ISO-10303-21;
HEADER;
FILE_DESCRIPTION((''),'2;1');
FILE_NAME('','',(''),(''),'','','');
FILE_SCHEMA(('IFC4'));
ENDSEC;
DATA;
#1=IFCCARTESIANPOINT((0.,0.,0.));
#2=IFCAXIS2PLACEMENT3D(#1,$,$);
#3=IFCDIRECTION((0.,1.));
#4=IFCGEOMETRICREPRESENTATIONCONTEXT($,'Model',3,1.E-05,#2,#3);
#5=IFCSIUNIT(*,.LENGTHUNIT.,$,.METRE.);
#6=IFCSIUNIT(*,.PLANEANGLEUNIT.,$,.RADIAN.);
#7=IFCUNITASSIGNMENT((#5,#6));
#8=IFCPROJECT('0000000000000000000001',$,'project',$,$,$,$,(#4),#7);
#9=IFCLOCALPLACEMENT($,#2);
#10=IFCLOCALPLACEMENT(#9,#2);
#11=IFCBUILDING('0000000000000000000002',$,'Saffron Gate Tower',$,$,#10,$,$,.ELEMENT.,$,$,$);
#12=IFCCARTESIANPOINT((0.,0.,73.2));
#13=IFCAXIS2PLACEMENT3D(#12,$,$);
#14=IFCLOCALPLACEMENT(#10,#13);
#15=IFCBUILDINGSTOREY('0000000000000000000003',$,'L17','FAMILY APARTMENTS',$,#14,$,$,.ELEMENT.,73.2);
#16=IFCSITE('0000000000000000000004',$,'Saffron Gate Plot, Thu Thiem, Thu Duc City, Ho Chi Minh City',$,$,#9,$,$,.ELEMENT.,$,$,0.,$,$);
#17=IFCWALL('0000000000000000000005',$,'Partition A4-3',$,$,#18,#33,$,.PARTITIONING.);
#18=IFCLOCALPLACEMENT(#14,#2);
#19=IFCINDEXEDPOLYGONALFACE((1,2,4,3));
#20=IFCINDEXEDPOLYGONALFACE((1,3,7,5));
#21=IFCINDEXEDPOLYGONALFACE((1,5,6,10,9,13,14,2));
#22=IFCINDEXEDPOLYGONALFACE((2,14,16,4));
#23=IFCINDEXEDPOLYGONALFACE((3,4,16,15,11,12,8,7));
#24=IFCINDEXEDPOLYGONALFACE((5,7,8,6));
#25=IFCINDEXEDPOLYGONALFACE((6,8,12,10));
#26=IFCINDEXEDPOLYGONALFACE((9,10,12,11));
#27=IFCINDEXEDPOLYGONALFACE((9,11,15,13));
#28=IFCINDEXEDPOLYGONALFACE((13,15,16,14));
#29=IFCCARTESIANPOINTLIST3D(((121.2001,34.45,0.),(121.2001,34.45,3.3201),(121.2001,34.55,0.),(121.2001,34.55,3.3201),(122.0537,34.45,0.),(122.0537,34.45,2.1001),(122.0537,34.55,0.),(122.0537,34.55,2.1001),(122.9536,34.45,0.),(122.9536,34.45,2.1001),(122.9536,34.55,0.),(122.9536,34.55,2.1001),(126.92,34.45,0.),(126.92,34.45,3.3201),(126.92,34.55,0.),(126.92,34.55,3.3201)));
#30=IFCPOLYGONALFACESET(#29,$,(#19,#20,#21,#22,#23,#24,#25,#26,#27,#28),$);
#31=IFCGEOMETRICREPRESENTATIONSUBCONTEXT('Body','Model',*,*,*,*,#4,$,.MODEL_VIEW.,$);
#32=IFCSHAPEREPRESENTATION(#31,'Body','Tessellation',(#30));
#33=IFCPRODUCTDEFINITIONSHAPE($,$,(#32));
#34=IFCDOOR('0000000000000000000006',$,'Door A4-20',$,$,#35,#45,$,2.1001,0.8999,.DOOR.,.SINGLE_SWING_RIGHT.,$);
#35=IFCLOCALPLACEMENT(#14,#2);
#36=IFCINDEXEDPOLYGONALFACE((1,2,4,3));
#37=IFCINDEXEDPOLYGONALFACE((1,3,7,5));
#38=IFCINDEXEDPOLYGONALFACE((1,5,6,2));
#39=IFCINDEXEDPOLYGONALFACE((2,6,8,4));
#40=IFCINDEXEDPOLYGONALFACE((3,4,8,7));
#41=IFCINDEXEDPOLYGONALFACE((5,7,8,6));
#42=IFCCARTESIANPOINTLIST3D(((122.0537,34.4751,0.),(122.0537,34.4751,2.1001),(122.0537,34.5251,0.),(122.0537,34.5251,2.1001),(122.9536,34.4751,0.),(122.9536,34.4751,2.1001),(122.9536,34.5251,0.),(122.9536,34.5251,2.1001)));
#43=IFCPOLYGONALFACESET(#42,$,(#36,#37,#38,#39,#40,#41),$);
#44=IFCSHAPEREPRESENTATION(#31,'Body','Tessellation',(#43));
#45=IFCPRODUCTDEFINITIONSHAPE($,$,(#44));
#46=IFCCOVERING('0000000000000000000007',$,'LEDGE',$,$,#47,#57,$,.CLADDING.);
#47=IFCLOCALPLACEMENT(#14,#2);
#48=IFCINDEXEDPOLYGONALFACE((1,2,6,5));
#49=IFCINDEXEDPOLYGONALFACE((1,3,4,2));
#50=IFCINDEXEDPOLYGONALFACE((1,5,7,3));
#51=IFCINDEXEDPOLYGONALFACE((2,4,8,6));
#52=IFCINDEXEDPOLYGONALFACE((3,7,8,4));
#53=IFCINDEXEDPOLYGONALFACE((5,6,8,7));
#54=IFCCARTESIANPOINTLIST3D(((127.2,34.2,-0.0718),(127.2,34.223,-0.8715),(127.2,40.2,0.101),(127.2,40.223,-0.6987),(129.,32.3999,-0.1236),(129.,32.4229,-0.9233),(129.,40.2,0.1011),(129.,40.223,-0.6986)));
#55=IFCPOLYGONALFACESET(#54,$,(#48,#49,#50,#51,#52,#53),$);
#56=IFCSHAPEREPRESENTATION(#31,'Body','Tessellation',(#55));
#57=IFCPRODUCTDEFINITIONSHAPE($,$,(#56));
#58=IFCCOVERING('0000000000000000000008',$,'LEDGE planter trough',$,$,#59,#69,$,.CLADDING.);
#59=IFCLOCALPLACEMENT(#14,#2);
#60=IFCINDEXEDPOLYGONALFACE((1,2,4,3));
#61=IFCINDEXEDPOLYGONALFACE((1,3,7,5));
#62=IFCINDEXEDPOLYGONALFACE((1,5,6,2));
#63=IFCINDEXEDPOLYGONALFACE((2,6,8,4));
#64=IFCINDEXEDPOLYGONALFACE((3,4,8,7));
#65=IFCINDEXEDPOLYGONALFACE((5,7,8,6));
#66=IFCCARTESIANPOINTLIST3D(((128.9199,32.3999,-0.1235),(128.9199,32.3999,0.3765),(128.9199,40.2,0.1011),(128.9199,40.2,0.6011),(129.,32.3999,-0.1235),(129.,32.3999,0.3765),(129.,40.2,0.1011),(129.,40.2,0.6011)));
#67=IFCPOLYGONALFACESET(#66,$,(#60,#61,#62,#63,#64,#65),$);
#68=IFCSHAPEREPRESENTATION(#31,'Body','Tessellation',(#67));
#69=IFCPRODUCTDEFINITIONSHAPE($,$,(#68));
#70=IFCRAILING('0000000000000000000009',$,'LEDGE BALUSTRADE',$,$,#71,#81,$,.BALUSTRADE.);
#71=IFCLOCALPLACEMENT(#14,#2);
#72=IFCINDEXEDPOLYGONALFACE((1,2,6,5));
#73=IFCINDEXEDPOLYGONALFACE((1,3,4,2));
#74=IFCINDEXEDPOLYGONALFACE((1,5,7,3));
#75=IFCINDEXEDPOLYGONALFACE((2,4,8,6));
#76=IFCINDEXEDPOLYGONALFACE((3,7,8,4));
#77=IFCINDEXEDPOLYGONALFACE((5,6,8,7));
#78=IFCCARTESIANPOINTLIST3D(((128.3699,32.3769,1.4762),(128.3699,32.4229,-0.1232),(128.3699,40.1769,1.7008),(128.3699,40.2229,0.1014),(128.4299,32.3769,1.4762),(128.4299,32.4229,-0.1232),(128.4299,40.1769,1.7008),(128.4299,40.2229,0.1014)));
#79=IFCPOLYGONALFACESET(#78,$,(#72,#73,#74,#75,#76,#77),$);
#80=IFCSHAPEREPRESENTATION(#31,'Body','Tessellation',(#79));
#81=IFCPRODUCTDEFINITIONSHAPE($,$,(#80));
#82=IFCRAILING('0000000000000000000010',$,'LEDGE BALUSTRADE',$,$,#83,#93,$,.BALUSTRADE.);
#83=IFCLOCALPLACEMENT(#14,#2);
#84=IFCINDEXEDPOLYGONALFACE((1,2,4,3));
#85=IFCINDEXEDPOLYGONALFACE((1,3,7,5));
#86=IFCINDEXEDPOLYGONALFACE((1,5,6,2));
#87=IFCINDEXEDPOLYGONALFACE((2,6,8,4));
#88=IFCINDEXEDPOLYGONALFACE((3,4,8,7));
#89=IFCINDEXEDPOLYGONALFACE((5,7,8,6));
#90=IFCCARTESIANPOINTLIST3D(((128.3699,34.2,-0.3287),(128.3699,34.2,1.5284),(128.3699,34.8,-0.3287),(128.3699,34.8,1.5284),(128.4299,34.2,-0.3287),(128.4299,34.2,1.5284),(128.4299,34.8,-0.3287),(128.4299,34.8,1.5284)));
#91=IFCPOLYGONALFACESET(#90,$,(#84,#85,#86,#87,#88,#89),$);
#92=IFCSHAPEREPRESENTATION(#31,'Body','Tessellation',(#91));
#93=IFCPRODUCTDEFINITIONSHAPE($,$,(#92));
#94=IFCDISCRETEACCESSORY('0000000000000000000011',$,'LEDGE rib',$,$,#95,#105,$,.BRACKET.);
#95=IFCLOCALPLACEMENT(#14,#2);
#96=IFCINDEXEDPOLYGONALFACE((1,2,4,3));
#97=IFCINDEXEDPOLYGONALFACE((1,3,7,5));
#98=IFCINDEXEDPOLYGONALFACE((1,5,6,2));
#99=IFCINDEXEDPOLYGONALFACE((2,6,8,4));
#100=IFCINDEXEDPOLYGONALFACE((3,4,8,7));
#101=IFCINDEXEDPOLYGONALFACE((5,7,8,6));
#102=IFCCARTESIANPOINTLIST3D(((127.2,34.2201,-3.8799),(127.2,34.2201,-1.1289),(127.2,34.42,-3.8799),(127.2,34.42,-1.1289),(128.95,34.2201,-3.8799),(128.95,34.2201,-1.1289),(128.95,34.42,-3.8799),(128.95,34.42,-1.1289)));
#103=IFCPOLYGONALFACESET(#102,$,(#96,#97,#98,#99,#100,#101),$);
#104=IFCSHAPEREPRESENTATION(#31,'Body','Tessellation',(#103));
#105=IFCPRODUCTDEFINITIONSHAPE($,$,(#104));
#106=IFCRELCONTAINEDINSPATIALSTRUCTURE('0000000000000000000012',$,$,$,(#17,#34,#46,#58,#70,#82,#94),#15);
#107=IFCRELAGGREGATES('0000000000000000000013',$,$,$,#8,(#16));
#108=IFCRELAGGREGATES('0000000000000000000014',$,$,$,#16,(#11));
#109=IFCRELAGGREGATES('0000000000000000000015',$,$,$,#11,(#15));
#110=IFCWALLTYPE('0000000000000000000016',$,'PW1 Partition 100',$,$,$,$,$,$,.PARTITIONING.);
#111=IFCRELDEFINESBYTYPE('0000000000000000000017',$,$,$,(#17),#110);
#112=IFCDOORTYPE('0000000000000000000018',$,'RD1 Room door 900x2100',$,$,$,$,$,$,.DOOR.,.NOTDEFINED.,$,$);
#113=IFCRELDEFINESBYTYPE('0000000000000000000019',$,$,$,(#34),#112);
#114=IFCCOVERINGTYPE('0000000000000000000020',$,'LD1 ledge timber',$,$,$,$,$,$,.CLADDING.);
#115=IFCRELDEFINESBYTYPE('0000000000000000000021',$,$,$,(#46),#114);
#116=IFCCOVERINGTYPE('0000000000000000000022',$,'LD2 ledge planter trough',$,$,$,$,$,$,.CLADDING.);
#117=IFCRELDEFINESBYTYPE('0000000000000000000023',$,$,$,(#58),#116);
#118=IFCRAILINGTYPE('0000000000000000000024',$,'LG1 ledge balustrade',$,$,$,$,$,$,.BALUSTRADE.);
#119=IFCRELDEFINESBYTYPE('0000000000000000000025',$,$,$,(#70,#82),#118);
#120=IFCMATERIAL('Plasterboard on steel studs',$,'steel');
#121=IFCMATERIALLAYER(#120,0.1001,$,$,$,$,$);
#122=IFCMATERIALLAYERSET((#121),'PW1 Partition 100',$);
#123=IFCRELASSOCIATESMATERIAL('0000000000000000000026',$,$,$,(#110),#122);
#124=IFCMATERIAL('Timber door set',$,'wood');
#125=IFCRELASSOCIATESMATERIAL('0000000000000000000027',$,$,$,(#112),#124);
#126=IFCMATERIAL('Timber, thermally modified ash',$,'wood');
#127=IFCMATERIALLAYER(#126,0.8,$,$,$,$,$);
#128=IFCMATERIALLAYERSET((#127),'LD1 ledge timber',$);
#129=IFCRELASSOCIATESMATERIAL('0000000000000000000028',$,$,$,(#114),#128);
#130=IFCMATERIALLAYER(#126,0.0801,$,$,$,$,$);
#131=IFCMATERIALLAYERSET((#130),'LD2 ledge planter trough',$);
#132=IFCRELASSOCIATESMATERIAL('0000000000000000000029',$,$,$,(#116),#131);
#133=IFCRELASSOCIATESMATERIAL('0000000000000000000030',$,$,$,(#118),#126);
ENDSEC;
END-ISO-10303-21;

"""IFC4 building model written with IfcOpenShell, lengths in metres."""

from ifc_helpers import new_model, si_unit, direction, frame, frame_2d, origin, origin_2d, place, context, subcontext, project, spatial, polyline, rectangle, outline, extrude, material, layer, layer_set, type_object, element, fill, save


model = new_model("IFC4")

# Units and contexts
model_context = context("Model", 3, precision=1e-05, world=origin(), true_north=direction((0.0, 1.0)))
body_context = subcontext(model_context, "Body", "Model", "MODEL_VIEW")
ifc_project = project(units=[si_unit("LENGTHUNIT", "METRE"), si_unit("PLANEANGLEUNIT", "RADIAN")], contexts=[model_context])

# Site, building, storey
site_placement = place(None, origin())
site = spatial("IfcSite", under=ifc_project, at=site_placement, Name="Saffron Gate Plot, Thu Thiem, Thu Duc City, Ho Chi Minh City", CompositionType="ELEMENT", RefElevation=0.0)
building_placement = place(site_placement, origin())
building = spatial("IfcBuilding", under=site, at=building_placement, Name="Saffron Gate Tower", CompositionType="ELEMENT")
storey_placement = place(building_placement, frame((0.0, 0.0, 73.2)))
storey = spatial("IfcBuildingStorey", under=building, at=storey_placement, Name="L17", Description="FAMILY APARTMENTS", CompositionType="ELEMENT", Elevation=73.2)

# Wall, opening, door
ifc_material_1 = material(Name="Plasterboard on steel studs", Category="steel")
ifc_layer_1 = layer(ifc_material_1, 0.1001)
ifc_layer_set_1 = layer_set([ifc_layer_1], Name="PW1 Partition 100")
wall_type = type_object("IfcWallType", Name="PW1 Partition 100", PredefinedType="PARTITIONING", material=ifc_layer_set_1)
wall_placement = place(storey_placement, frame((126.9199, 34.5, 0.0), z_axis=(0.0, 0.0, 1.0), x_axis=(-1.0, 0.0, 0.0)))
wall = element("IfcWall", 1, at=wall_placement, inside=storey, type_object=wall_type, Name="Partition A4-3", PredefinedType="PARTITIONING", context=body_context, shape_type="SweptSolid", body=[
    extrude(rectangle(XDim=5.72, YDim=0.1001, at=frame_2d((2.8599, 0.0))), origin(), (0.0, 0.0, 1.0), 3.3201),
])
opening_1_placement = place(wall_placement, frame((3.9663, 0.0, 0.0)))
opening_1 = element("IfcOpeningElement", 2, at=opening_1_placement, cuts=wall, PredefinedType="OPENING", context=body_context, shape_type="SweptSolid", body=[
    extrude(rectangle(XDim=0.8999, YDim=2.1001, at=frame_2d((0.45, 1.05))), frame((0.0, 0.0601, 0.0), z_axis=(0.0, -1.0, 0.0), x_axis=(1.0, 0.0, 0.0)), (0.0, 0.0, 1.0), 0.1201),
])
ifc_material_2 = material(Name="Timber door set", Category="wood")
door_type = type_object("IfcDoorType", Name="RD1 Room door 900x2100", OperationType="NOTDEFINED", PredefinedType="DOOR", material=ifc_material_2)
door_placement = place(opening_1_placement, origin())
door = element("IfcDoor", 3, at=door_placement, inside=storey, type_object=door_type, Name="Door A4-20", OperationType="SINGLE_SWING_RIGHT", OverallHeight=2.1001, OverallWidth=0.8999, PredefinedType="DOOR", context=body_context, shape_type="SweptSolid", body=[
    extrude(rectangle(XDim=0.8999, YDim=2.1001, at=frame_2d((0.45, 1.05))), frame((0.0, 0.0249, 0.0), z_axis=(0.0, -1.0, 0.0), x_axis=(1.0, 0.0, 0.0)), (0.0, 0.0, 1.0), 0.05),
])
fill(opening_1, door)

# Coverings
ifc_material_3 = material(Name="Timber, thermally modified ash", Category="wood")
ifc_layer_2 = layer(ifc_material_3, 0.8)
ifc_layer_set_2 = layer_set([ifc_layer_2], Name="LD1 ledge timber")
covering_type_1 = type_object("IfcCoveringType", Name="LD1 ledge timber", PredefinedType="CLADDING", material=ifc_layer_set_2)
covering_1_placement = place(storey_placement, frame((127.2, 34.2, -0.0718), z_axis=(-0.000024, -0.028789, 0.999585), x_axis=(0.0, 0.999585, 0.028789)))
element("IfcCovering", 4, at=covering_1_placement, inside=storey, type_object=covering_type_1, Name="LEDGE", PredefinedType="CLADDING", context=body_context, shape_type="SweptSolid", body=[
    extrude(outline(polyline([(0.0, 0.0), (6.0025, 0.0), (6.0025, -1.8), (-1.8008, -1.8), (0.0, 0.0)])), origin(), (0.0, 0.0, -1.0), 0.8),
])
ifc_layer_3 = layer(ifc_material_3, 0.0801)
ifc_layer_set_3 = layer_set([ifc_layer_3], Name="LD2 ledge planter trough")
covering_type_2 = type_object("IfcCoveringType", Name="LD2 ledge planter trough", PredefinedType="CLADDING", material=ifc_layer_set_3)
covering_2_placement = place(storey_placement, frame((129.0, 32.3999, -0.1235), z_axis=(1.0, 0.0, 0.0), x_axis=(0.0, 0.999586, 0.028784)))
element("IfcCovering", 5, at=covering_2_placement, inside=storey, type_object=covering_type_2, Name="LEDGE planter trough", PredefinedType="CLADDING", context=body_context, shape_type="SweptSolid", body=[
    extrude(outline(polyline([(0.0, 0.0), (7.8033, 0.0), (7.8177, 0.4998), (0.0144, 0.4998), (0.0, 0.0)])), origin(), (0.0, 0.0, -1.0), 0.0801),
])

# Railings
railing_type = type_object("IfcRailingType", Name="LG1 ledge balustrade", PredefinedType="BALUSTRADE", material=ifc_material_3)
railing_1_placement = place(storey_placement, frame((128.3999, 32.3999, -0.1235)))
element("IfcRailing", 6, at=railing_1_placement, inside=storey, type_object=railing_type, Name="LEDGE BALUSTRADE", PredefinedType="BALUSTRADE", context=body_context, shape_type="SweptSolid", body=[
    extrude(rectangle(XDim=0.0601, YDim=1.6001, at=origin_2d()), frame((0.0, 0.0, 0.8), z_axis=(0.0, 0.999586, 0.028784), x_axis=(-1.0, 0.0, 0.0)), (0.0, 0.0, 1.0), 7.8032),
])
railing_2_placement = place(storey_placement, frame((128.3999, 34.2, -0.3289)))
element("IfcRailing", 7, at=railing_2_placement, inside=storey, type_object=railing_type, Name="LEDGE BALUSTRADE", PredefinedType="BALUSTRADE", context=body_context, shape_type="SweptSolid", body=[
    extrude(rectangle(XDim=0.0601, YDim=1.8572, at=origin_2d()), frame((0.0, 0.0, 0.9287), z_axis=(0.0, 1.0, 0.0), x_axis=(-1.0, 0.0, 0.0)), (0.0, 0.0, 1.0), 0.6001),
])

# Discrete accessory
discrete_accessory_placement = place(storey_placement, frame((128.075, 34.3201, -3.8799), z_axis=(0.0, 0.0, 1.0), x_axis=(0.0, 1.0, 0.0)))
element("IfcDiscreteAccessory", 8, at=discrete_accessory_placement, inside=storey, Name="LEDGE rib", PredefinedType="BRACKET", context=body_context, shape_type="SweptSolid", body=[
    extrude(rectangle(XDim=0.2, YDim=1.75, at=origin_2d()), origin(), (0.0, 0.0, 1.0), 2.751),
])

save(model, "model.ifc")
